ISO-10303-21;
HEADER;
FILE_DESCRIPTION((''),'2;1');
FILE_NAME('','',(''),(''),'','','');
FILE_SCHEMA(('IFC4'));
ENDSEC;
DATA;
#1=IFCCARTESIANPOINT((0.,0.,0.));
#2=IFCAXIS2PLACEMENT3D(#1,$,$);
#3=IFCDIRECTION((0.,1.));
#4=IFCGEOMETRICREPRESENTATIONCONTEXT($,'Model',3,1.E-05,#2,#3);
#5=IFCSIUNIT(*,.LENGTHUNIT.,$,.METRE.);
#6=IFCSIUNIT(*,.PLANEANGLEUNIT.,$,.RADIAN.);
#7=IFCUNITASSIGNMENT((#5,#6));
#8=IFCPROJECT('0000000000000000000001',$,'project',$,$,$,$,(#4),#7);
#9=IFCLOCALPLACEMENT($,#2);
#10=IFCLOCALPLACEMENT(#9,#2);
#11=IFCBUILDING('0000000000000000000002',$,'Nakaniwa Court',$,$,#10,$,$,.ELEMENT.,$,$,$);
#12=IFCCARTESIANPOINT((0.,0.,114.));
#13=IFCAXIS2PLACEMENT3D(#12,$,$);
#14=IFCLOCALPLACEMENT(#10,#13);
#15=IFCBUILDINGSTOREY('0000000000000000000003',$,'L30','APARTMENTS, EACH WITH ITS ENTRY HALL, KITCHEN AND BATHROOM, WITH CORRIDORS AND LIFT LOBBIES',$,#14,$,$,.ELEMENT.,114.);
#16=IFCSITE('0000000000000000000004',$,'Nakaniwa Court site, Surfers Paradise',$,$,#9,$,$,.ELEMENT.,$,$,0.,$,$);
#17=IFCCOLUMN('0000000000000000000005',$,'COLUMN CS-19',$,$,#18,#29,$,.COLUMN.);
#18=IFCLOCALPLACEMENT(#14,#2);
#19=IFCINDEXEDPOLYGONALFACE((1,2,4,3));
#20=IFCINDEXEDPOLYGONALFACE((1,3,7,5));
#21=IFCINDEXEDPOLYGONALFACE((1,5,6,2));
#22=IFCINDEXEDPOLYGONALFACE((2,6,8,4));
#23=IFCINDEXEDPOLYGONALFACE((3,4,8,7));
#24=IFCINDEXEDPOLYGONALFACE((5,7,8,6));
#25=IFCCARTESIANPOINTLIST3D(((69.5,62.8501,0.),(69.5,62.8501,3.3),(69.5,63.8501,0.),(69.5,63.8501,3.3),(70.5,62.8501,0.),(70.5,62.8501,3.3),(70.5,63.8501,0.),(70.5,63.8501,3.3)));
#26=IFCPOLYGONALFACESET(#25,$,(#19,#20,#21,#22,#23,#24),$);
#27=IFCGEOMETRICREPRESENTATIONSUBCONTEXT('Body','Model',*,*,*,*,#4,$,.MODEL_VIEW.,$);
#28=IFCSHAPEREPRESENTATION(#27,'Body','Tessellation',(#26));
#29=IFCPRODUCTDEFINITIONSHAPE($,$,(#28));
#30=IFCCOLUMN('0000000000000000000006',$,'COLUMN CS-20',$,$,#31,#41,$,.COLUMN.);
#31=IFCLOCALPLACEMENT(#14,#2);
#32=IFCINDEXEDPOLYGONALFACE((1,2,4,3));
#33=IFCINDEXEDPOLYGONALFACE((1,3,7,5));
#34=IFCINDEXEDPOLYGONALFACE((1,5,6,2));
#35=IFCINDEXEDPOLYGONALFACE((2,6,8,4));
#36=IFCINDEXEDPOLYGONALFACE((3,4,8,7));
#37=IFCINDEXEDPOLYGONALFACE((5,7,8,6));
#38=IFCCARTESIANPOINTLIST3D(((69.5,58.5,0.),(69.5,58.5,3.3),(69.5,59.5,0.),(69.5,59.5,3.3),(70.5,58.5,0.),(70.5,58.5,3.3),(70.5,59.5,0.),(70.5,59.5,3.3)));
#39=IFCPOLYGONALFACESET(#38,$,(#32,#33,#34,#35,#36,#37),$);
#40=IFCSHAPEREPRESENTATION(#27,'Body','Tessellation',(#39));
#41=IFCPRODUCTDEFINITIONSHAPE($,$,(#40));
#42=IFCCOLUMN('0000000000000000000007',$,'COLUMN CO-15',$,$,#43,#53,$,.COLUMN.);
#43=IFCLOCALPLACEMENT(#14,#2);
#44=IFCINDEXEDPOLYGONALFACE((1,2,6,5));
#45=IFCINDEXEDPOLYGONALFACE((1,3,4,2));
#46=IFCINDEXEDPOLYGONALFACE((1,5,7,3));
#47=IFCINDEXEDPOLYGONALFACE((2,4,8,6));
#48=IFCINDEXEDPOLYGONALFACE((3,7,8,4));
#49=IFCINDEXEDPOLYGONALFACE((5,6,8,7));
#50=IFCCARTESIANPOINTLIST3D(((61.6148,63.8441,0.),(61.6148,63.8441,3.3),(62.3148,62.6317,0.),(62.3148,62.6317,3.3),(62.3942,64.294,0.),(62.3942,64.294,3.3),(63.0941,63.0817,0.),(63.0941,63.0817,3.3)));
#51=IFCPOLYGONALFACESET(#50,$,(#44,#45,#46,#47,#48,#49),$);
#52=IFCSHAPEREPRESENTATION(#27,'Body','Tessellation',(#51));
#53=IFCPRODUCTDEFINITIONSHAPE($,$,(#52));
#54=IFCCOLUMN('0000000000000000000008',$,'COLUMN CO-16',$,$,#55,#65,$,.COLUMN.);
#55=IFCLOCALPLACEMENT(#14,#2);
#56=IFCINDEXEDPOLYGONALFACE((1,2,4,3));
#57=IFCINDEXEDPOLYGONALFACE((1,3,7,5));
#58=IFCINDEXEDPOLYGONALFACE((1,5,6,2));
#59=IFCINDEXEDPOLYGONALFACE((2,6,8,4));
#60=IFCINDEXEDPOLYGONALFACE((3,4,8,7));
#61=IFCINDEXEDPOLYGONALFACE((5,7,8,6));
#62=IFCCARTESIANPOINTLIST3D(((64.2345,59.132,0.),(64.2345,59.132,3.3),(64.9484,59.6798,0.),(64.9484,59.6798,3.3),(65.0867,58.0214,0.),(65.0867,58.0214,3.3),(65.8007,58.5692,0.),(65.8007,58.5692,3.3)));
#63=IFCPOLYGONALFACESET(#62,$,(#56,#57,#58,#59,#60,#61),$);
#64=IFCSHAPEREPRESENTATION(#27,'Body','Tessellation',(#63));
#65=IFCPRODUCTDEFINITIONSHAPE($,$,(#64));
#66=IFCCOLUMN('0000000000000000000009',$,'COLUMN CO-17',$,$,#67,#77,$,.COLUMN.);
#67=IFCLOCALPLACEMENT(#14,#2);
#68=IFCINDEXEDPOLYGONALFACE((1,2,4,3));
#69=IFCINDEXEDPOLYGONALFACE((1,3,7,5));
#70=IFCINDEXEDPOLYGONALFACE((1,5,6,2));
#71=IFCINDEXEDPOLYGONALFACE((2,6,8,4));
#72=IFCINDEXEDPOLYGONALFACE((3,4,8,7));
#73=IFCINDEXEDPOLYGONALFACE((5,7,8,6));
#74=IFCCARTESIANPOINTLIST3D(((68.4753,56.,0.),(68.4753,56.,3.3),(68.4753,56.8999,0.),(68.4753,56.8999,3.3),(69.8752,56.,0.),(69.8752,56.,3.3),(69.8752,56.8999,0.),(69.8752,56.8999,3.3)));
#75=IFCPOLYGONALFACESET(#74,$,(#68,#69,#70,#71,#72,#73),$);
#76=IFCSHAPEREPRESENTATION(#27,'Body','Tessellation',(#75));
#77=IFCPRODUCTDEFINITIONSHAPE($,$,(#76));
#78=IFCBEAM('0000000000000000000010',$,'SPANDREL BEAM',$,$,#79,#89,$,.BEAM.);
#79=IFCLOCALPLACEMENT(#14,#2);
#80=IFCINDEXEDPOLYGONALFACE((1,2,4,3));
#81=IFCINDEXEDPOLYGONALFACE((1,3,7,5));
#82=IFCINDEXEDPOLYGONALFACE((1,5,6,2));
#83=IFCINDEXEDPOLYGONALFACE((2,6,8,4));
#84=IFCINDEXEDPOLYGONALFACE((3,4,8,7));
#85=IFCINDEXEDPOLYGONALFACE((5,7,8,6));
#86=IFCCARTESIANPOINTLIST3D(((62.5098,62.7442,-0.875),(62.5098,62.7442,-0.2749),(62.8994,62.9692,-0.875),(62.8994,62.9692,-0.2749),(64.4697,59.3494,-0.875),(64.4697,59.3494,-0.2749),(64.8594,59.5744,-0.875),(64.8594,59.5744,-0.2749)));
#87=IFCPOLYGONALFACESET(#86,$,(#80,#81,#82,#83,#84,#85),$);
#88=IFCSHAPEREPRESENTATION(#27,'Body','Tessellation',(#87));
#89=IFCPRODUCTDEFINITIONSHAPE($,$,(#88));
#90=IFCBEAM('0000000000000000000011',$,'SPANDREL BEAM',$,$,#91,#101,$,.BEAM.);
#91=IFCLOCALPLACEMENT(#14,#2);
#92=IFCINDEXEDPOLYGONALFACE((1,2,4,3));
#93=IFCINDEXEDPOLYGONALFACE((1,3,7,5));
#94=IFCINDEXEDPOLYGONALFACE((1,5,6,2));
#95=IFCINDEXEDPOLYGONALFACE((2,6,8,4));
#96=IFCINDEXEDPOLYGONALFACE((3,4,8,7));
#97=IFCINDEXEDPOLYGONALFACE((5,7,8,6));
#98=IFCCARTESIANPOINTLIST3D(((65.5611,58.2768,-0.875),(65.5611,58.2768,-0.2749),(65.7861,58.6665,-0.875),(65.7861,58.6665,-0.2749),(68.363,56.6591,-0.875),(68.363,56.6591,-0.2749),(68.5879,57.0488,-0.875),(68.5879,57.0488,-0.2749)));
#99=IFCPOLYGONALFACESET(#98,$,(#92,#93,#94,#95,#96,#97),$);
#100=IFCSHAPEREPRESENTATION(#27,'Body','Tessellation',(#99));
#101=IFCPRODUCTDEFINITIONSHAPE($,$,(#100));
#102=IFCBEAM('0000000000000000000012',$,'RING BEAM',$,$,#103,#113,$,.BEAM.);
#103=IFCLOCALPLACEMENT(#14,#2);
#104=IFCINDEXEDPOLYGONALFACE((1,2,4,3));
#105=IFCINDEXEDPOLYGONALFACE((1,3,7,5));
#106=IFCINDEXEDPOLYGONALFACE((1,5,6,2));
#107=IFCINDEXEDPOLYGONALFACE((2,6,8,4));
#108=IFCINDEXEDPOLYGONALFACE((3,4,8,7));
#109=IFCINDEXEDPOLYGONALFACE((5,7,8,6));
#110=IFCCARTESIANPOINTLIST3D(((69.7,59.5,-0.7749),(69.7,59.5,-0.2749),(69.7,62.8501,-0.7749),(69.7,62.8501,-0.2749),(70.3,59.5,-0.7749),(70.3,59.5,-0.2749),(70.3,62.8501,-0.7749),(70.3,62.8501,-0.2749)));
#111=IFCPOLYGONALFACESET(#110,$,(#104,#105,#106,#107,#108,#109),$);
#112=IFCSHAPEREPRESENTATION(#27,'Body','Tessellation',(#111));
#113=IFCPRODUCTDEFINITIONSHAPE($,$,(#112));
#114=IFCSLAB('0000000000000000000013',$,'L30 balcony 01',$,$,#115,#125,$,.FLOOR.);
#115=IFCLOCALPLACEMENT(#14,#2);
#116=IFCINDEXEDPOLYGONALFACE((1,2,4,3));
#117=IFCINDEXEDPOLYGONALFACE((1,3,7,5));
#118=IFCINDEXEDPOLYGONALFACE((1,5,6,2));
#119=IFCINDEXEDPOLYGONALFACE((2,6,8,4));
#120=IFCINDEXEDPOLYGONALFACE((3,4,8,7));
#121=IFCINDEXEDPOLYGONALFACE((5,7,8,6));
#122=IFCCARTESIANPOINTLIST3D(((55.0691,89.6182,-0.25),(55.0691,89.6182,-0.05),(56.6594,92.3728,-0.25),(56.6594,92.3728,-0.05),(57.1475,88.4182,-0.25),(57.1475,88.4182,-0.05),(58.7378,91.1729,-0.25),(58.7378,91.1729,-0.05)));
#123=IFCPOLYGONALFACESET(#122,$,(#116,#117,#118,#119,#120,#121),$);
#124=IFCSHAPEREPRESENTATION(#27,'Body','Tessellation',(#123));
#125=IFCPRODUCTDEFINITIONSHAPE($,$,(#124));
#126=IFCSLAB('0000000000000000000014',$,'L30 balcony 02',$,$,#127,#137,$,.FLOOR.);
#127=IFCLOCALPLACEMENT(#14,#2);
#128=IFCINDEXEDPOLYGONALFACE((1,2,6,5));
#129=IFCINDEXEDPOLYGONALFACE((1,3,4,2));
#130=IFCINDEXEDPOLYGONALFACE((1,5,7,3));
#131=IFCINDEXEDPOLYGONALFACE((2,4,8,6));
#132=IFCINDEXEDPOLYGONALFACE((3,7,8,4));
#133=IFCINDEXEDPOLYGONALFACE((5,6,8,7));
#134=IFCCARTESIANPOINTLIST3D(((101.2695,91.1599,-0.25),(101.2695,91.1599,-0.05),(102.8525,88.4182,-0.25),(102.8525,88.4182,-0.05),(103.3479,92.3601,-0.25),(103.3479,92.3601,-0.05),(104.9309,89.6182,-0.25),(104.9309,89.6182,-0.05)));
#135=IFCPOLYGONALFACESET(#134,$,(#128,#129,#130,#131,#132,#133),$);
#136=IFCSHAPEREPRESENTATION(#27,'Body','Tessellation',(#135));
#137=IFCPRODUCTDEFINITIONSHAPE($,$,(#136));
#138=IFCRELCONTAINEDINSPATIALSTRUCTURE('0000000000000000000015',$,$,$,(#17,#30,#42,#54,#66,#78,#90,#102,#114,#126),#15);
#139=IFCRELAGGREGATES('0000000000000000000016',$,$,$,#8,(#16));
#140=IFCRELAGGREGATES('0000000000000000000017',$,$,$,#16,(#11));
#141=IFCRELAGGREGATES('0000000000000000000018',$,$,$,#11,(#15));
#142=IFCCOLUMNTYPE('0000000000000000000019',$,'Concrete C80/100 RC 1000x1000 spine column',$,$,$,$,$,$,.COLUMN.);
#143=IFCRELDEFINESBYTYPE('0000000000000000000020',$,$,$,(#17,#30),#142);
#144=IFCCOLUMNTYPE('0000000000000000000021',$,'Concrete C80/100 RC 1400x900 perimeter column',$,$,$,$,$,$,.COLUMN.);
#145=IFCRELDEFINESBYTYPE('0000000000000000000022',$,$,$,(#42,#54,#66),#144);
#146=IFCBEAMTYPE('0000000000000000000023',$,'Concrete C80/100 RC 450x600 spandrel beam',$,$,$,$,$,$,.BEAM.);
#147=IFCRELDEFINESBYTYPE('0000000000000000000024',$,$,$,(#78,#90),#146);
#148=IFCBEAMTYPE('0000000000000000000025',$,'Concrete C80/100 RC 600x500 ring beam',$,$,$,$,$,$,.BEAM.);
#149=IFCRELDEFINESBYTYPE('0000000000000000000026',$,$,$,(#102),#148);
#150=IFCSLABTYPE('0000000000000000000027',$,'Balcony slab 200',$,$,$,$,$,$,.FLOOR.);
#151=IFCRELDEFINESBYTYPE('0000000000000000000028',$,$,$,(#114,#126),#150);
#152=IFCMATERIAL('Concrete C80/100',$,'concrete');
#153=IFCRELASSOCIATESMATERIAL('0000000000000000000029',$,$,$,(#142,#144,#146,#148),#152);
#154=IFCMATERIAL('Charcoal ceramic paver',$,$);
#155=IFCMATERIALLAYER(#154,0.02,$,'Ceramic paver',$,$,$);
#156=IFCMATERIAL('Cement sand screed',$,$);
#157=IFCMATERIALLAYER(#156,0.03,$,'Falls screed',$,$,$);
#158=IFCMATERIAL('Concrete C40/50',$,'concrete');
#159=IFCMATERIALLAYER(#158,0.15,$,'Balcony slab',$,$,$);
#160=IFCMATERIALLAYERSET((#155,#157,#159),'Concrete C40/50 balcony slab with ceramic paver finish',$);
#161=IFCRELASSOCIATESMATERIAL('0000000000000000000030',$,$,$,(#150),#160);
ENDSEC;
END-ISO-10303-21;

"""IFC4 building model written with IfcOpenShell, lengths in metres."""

from ifc_helpers import new_model, si_unit, direction, frame, origin, origin_2d, place, context, subcontext, project, spatial, polyline, rectangle, outline, extrude, material, layer, layer_set, material_profile, profile_set, type_object, element, save


model = new_model("IFC4")

# Units and contexts
model_context = context("Model", 3, precision=1e-05, world=origin(), true_north=direction((0.0, 1.0)))
body_context = subcontext(model_context, "Body", "Model", "MODEL_VIEW")
ifc_project = project(units=[si_unit("LENGTHUNIT", "METRE"), si_unit("PLANEANGLEUNIT", "RADIAN")], contexts=[model_context])

# Site, building, storey
site_placement = place(None, origin())
site = spatial("IfcSite", under=ifc_project, at=site_placement, Name="Nakaniwa Court site, Surfers Paradise", CompositionType="ELEMENT", RefElevation=0.0)
building_placement = place(site_placement, origin())
building = spatial("IfcBuilding", under=site, at=building_placement, Name="Nakaniwa Court", CompositionType="ELEMENT")
storey_placement = place(building_placement, frame((0.0, 0.0, 114.0)))
storey = spatial("IfcBuildingStorey", under=building, at=storey_placement, Name="L30", Description="APARTMENTS, EACH WITH ITS ENTRY HALL, KITCHEN AND BATHROOM, WITH CORRIDORS AND LIFT LOBBIES", CompositionType="ELEMENT", Elevation=114.0)

# Columns
ifc_material_1 = material(Name="Concrete C80/100", Category="concrete")
ifc_material_profile_1 = material_profile(ifc_material_1, rectangle(XDim=1.0, YDim=1.0, at=origin_2d()), Name="Concrete C80/100 RC 1000x1000 spine column")
ifc_profile_set_1 = profile_set([ifc_material_profile_1], Name="Concrete C80/100")
column_type_1 = type_object("IfcColumnType", Name="Concrete C80/100 RC 1000x1000 spine column", PredefinedType="COLUMN", material=ifc_profile_set_1)
for number, where, z_axis, x_axis, name in (
    (1, (70.0, 63.3501, 0.0), (0.0, 0.0, 1.0), (0.0, -1.0, 0.0), "COLUMN CS-19"),
    (2, (70.0, 59.0, 0.0), (0.0, 0.0, 1.0), (0.0, -1.0, 0.0), "COLUMN CS-20"),
):
    element("IfcColumn", number, at=place(storey_placement, frame(where, z_axis=z_axis, x_axis=x_axis)), inside=storey, type_object=column_type_1, Name=name, PredefinedType="COLUMN", context=body_context, shape_type="SweptSolid", body=[
        extrude(rectangle(XDim=1.0, YDim=1.0, at=origin_2d()), origin(), (0.0, 0.0, 1.0), 3.3),
    ])
ifc_material_profile_2 = material_profile(ifc_material_1, rectangle(XDim=1.3999, YDim=0.8999, at=origin_2d()), Name="Concrete C80/100 RC 1400x900 perimeter column")
ifc_profile_set_2 = profile_set([ifc_material_profile_2], Name="Concrete C80/100")
column_type_2 = type_object("IfcColumnType", Name="Concrete C80/100 RC 1400x900 perimeter column", PredefinedType="COLUMN", material=ifc_profile_set_2)
for number, where, z_axis, x_axis, name in (
    (3, (62.3545, 63.4629, 0.0), (0.0, 0.0, 1.0), (0.5, -0.866025, 0.0), "COLUMN CO-15"),
    (4, (65.0176, 58.8506, 0.0), (0.0, 0.0, 1.0), (0.608761, -0.793353, 0.0), "COLUMN CO-16"),
    (5, (69.1753, 56.45, 0.0), (0.0, 0.0, 1.0), (1.0, 0.0, 0.0), "COLUMN CO-17"),
):
    element("IfcColumn", number, at=place(storey_placement, frame(where, z_axis=z_axis, x_axis=x_axis)), inside=storey, type_object=column_type_2, Name=name, PredefinedType="COLUMN", context=body_context, shape_type="SweptSolid", body=[
        extrude(rectangle(XDim=1.3999, YDim=0.8999, at=origin_2d()), origin(), (0.0, 0.0, 1.0), 3.3),
    ])

# Beams
ifc_material_profile_3 = material_profile(ifc_material_1, rectangle(XDim=0.45, YDim=0.6001, at=origin_2d()), Name="Concrete C80/100 RC 450x600 spandrel beam")
ifc_profile_set_3 = profile_set([ifc_material_profile_3], Name="Concrete C80/100")
beam_type_1 = type_object("IfcBeamType", Name="Concrete C80/100 RC 450x600 spandrel beam", PredefinedType="BEAM", material=ifc_profile_set_3)
beam_1_placement = place(storey_placement, frame((62.7046, 62.8567, -0.575), z_axis=(0.499997, -0.866027, 0.0), x_axis=(0.866027, 0.499997, 0.0)))
element("IfcBeam", 6, at=beam_1_placement, inside=storey, type_object=beam_type_1, Name="SPANDREL BEAM", PredefinedType="BEAM", context=body_context, shape_type="SweptSolid", body=[
    extrude(rectangle(XDim=0.45, YDim=0.6001, at=origin_2d()), origin(), (0.0, 0.0, 1.0), 3.9199),
])
beam_2_placement = place(storey_placement, frame((65.6736, 58.4717, -0.575), z_axis=(0.866015, -0.500019, 0.0), x_axis=(0.500019, 0.866015, 0.0)))
element("IfcBeam", 7, at=beam_2_placement, inside=storey, type_object=beam_type_1, Name="SPANDREL BEAM", PredefinedType="BEAM", context=body_context, shape_type="SweptSolid", body=[
    extrude(rectangle(XDim=0.45, YDim=0.6001, at=origin_2d()), origin(), (0.0, 0.0, 1.0), 3.2354),
])
ifc_material_profile_4 = material_profile(ifc_material_1, rectangle(XDim=0.6001, YDim=0.5, at=origin_2d()), Name="Concrete C80/100 RC 600x500 ring beam")
ifc_profile_set_4 = profile_set([ifc_material_profile_4], Name="Concrete C80/100")
beam_type_2 = type_object("IfcBeamType", Name="Concrete C80/100 RC 600x500 ring beam", PredefinedType="BEAM", material=ifc_profile_set_4)
beam_3_placement = place(storey_placement, frame((70.0, 62.8501, -0.5249), z_axis=(0.0, -1.0, 0.0), x_axis=(1.0, 0.0, 0.0)))
element("IfcBeam", 8, at=beam_3_placement, inside=storey, type_object=beam_type_2, Name="RING BEAM", PredefinedType="BEAM", context=body_context, shape_type="SweptSolid", body=[
    extrude(rectangle(XDim=0.6001, YDim=0.5, at=origin_2d()), origin(), (0.0, 0.0, 1.0), 3.3501),
])

# Slabs
ifc_material_2 = material(Name="Charcoal ceramic paver")
ifc_layer_1 = layer(ifc_material_2, 0.02, Name="Ceramic paver")
ifc_material_3 = material(Name="Cement sand screed")
ifc_layer_2 = layer(ifc_material_3, 0.03, Name="Falls screed")
ifc_material_4 = material(Name="Concrete C40/50", Category="concrete")
ifc_layer_3 = layer(ifc_material_4, 0.15, Name="Balcony slab")
ifc_layer_set_1 = layer_set([ifc_layer_1, ifc_layer_2, ifc_layer_3], Name="Concrete C40/50 balcony slab with ceramic paver finish")
slab_type_1 = type_object("IfcSlabType", Name="Balcony slab 200", PredefinedType="FLOOR", material=ifc_layer_set_1)
slab_1_placement = place(storey_placement, frame((0.0, 0.0, -0.25)))
element("IfcSlab", 9, at=slab_1_placement, inside=storey, type_object=slab_type_1, Name="L30 balcony 01", PredefinedType="FLOOR", context=body_context, shape_type="SweptSolid", body=[
    extrude(outline(polyline([(58.7378, 91.1729), (57.1475, 88.4182), (55.0691, 89.6182), (56.6594, 92.3728), (58.7378, 91.1729)])), origin(), (0.0, 0.0, 1.0), 0.2),
])
slab_2_placement = place(storey_placement, frame((0.0, 0.0, -0.25)))
element("IfcSlab", 10, at=slab_2_placement, inside=storey, type_object=slab_type_1, Name="L30 balcony 02", PredefinedType="FLOOR", context=body_context, shape_type="SweptSolid", body=[
    extrude(outline(polyline([(102.8525, 88.4182), (101.2695, 91.1599), (103.3479, 92.3601), (104.9309, 89.6182), (102.8525, 88.4182)])), origin(), (0.0, 0.0, 1.0), 0.2),
])

save(model, "model.ifc")
